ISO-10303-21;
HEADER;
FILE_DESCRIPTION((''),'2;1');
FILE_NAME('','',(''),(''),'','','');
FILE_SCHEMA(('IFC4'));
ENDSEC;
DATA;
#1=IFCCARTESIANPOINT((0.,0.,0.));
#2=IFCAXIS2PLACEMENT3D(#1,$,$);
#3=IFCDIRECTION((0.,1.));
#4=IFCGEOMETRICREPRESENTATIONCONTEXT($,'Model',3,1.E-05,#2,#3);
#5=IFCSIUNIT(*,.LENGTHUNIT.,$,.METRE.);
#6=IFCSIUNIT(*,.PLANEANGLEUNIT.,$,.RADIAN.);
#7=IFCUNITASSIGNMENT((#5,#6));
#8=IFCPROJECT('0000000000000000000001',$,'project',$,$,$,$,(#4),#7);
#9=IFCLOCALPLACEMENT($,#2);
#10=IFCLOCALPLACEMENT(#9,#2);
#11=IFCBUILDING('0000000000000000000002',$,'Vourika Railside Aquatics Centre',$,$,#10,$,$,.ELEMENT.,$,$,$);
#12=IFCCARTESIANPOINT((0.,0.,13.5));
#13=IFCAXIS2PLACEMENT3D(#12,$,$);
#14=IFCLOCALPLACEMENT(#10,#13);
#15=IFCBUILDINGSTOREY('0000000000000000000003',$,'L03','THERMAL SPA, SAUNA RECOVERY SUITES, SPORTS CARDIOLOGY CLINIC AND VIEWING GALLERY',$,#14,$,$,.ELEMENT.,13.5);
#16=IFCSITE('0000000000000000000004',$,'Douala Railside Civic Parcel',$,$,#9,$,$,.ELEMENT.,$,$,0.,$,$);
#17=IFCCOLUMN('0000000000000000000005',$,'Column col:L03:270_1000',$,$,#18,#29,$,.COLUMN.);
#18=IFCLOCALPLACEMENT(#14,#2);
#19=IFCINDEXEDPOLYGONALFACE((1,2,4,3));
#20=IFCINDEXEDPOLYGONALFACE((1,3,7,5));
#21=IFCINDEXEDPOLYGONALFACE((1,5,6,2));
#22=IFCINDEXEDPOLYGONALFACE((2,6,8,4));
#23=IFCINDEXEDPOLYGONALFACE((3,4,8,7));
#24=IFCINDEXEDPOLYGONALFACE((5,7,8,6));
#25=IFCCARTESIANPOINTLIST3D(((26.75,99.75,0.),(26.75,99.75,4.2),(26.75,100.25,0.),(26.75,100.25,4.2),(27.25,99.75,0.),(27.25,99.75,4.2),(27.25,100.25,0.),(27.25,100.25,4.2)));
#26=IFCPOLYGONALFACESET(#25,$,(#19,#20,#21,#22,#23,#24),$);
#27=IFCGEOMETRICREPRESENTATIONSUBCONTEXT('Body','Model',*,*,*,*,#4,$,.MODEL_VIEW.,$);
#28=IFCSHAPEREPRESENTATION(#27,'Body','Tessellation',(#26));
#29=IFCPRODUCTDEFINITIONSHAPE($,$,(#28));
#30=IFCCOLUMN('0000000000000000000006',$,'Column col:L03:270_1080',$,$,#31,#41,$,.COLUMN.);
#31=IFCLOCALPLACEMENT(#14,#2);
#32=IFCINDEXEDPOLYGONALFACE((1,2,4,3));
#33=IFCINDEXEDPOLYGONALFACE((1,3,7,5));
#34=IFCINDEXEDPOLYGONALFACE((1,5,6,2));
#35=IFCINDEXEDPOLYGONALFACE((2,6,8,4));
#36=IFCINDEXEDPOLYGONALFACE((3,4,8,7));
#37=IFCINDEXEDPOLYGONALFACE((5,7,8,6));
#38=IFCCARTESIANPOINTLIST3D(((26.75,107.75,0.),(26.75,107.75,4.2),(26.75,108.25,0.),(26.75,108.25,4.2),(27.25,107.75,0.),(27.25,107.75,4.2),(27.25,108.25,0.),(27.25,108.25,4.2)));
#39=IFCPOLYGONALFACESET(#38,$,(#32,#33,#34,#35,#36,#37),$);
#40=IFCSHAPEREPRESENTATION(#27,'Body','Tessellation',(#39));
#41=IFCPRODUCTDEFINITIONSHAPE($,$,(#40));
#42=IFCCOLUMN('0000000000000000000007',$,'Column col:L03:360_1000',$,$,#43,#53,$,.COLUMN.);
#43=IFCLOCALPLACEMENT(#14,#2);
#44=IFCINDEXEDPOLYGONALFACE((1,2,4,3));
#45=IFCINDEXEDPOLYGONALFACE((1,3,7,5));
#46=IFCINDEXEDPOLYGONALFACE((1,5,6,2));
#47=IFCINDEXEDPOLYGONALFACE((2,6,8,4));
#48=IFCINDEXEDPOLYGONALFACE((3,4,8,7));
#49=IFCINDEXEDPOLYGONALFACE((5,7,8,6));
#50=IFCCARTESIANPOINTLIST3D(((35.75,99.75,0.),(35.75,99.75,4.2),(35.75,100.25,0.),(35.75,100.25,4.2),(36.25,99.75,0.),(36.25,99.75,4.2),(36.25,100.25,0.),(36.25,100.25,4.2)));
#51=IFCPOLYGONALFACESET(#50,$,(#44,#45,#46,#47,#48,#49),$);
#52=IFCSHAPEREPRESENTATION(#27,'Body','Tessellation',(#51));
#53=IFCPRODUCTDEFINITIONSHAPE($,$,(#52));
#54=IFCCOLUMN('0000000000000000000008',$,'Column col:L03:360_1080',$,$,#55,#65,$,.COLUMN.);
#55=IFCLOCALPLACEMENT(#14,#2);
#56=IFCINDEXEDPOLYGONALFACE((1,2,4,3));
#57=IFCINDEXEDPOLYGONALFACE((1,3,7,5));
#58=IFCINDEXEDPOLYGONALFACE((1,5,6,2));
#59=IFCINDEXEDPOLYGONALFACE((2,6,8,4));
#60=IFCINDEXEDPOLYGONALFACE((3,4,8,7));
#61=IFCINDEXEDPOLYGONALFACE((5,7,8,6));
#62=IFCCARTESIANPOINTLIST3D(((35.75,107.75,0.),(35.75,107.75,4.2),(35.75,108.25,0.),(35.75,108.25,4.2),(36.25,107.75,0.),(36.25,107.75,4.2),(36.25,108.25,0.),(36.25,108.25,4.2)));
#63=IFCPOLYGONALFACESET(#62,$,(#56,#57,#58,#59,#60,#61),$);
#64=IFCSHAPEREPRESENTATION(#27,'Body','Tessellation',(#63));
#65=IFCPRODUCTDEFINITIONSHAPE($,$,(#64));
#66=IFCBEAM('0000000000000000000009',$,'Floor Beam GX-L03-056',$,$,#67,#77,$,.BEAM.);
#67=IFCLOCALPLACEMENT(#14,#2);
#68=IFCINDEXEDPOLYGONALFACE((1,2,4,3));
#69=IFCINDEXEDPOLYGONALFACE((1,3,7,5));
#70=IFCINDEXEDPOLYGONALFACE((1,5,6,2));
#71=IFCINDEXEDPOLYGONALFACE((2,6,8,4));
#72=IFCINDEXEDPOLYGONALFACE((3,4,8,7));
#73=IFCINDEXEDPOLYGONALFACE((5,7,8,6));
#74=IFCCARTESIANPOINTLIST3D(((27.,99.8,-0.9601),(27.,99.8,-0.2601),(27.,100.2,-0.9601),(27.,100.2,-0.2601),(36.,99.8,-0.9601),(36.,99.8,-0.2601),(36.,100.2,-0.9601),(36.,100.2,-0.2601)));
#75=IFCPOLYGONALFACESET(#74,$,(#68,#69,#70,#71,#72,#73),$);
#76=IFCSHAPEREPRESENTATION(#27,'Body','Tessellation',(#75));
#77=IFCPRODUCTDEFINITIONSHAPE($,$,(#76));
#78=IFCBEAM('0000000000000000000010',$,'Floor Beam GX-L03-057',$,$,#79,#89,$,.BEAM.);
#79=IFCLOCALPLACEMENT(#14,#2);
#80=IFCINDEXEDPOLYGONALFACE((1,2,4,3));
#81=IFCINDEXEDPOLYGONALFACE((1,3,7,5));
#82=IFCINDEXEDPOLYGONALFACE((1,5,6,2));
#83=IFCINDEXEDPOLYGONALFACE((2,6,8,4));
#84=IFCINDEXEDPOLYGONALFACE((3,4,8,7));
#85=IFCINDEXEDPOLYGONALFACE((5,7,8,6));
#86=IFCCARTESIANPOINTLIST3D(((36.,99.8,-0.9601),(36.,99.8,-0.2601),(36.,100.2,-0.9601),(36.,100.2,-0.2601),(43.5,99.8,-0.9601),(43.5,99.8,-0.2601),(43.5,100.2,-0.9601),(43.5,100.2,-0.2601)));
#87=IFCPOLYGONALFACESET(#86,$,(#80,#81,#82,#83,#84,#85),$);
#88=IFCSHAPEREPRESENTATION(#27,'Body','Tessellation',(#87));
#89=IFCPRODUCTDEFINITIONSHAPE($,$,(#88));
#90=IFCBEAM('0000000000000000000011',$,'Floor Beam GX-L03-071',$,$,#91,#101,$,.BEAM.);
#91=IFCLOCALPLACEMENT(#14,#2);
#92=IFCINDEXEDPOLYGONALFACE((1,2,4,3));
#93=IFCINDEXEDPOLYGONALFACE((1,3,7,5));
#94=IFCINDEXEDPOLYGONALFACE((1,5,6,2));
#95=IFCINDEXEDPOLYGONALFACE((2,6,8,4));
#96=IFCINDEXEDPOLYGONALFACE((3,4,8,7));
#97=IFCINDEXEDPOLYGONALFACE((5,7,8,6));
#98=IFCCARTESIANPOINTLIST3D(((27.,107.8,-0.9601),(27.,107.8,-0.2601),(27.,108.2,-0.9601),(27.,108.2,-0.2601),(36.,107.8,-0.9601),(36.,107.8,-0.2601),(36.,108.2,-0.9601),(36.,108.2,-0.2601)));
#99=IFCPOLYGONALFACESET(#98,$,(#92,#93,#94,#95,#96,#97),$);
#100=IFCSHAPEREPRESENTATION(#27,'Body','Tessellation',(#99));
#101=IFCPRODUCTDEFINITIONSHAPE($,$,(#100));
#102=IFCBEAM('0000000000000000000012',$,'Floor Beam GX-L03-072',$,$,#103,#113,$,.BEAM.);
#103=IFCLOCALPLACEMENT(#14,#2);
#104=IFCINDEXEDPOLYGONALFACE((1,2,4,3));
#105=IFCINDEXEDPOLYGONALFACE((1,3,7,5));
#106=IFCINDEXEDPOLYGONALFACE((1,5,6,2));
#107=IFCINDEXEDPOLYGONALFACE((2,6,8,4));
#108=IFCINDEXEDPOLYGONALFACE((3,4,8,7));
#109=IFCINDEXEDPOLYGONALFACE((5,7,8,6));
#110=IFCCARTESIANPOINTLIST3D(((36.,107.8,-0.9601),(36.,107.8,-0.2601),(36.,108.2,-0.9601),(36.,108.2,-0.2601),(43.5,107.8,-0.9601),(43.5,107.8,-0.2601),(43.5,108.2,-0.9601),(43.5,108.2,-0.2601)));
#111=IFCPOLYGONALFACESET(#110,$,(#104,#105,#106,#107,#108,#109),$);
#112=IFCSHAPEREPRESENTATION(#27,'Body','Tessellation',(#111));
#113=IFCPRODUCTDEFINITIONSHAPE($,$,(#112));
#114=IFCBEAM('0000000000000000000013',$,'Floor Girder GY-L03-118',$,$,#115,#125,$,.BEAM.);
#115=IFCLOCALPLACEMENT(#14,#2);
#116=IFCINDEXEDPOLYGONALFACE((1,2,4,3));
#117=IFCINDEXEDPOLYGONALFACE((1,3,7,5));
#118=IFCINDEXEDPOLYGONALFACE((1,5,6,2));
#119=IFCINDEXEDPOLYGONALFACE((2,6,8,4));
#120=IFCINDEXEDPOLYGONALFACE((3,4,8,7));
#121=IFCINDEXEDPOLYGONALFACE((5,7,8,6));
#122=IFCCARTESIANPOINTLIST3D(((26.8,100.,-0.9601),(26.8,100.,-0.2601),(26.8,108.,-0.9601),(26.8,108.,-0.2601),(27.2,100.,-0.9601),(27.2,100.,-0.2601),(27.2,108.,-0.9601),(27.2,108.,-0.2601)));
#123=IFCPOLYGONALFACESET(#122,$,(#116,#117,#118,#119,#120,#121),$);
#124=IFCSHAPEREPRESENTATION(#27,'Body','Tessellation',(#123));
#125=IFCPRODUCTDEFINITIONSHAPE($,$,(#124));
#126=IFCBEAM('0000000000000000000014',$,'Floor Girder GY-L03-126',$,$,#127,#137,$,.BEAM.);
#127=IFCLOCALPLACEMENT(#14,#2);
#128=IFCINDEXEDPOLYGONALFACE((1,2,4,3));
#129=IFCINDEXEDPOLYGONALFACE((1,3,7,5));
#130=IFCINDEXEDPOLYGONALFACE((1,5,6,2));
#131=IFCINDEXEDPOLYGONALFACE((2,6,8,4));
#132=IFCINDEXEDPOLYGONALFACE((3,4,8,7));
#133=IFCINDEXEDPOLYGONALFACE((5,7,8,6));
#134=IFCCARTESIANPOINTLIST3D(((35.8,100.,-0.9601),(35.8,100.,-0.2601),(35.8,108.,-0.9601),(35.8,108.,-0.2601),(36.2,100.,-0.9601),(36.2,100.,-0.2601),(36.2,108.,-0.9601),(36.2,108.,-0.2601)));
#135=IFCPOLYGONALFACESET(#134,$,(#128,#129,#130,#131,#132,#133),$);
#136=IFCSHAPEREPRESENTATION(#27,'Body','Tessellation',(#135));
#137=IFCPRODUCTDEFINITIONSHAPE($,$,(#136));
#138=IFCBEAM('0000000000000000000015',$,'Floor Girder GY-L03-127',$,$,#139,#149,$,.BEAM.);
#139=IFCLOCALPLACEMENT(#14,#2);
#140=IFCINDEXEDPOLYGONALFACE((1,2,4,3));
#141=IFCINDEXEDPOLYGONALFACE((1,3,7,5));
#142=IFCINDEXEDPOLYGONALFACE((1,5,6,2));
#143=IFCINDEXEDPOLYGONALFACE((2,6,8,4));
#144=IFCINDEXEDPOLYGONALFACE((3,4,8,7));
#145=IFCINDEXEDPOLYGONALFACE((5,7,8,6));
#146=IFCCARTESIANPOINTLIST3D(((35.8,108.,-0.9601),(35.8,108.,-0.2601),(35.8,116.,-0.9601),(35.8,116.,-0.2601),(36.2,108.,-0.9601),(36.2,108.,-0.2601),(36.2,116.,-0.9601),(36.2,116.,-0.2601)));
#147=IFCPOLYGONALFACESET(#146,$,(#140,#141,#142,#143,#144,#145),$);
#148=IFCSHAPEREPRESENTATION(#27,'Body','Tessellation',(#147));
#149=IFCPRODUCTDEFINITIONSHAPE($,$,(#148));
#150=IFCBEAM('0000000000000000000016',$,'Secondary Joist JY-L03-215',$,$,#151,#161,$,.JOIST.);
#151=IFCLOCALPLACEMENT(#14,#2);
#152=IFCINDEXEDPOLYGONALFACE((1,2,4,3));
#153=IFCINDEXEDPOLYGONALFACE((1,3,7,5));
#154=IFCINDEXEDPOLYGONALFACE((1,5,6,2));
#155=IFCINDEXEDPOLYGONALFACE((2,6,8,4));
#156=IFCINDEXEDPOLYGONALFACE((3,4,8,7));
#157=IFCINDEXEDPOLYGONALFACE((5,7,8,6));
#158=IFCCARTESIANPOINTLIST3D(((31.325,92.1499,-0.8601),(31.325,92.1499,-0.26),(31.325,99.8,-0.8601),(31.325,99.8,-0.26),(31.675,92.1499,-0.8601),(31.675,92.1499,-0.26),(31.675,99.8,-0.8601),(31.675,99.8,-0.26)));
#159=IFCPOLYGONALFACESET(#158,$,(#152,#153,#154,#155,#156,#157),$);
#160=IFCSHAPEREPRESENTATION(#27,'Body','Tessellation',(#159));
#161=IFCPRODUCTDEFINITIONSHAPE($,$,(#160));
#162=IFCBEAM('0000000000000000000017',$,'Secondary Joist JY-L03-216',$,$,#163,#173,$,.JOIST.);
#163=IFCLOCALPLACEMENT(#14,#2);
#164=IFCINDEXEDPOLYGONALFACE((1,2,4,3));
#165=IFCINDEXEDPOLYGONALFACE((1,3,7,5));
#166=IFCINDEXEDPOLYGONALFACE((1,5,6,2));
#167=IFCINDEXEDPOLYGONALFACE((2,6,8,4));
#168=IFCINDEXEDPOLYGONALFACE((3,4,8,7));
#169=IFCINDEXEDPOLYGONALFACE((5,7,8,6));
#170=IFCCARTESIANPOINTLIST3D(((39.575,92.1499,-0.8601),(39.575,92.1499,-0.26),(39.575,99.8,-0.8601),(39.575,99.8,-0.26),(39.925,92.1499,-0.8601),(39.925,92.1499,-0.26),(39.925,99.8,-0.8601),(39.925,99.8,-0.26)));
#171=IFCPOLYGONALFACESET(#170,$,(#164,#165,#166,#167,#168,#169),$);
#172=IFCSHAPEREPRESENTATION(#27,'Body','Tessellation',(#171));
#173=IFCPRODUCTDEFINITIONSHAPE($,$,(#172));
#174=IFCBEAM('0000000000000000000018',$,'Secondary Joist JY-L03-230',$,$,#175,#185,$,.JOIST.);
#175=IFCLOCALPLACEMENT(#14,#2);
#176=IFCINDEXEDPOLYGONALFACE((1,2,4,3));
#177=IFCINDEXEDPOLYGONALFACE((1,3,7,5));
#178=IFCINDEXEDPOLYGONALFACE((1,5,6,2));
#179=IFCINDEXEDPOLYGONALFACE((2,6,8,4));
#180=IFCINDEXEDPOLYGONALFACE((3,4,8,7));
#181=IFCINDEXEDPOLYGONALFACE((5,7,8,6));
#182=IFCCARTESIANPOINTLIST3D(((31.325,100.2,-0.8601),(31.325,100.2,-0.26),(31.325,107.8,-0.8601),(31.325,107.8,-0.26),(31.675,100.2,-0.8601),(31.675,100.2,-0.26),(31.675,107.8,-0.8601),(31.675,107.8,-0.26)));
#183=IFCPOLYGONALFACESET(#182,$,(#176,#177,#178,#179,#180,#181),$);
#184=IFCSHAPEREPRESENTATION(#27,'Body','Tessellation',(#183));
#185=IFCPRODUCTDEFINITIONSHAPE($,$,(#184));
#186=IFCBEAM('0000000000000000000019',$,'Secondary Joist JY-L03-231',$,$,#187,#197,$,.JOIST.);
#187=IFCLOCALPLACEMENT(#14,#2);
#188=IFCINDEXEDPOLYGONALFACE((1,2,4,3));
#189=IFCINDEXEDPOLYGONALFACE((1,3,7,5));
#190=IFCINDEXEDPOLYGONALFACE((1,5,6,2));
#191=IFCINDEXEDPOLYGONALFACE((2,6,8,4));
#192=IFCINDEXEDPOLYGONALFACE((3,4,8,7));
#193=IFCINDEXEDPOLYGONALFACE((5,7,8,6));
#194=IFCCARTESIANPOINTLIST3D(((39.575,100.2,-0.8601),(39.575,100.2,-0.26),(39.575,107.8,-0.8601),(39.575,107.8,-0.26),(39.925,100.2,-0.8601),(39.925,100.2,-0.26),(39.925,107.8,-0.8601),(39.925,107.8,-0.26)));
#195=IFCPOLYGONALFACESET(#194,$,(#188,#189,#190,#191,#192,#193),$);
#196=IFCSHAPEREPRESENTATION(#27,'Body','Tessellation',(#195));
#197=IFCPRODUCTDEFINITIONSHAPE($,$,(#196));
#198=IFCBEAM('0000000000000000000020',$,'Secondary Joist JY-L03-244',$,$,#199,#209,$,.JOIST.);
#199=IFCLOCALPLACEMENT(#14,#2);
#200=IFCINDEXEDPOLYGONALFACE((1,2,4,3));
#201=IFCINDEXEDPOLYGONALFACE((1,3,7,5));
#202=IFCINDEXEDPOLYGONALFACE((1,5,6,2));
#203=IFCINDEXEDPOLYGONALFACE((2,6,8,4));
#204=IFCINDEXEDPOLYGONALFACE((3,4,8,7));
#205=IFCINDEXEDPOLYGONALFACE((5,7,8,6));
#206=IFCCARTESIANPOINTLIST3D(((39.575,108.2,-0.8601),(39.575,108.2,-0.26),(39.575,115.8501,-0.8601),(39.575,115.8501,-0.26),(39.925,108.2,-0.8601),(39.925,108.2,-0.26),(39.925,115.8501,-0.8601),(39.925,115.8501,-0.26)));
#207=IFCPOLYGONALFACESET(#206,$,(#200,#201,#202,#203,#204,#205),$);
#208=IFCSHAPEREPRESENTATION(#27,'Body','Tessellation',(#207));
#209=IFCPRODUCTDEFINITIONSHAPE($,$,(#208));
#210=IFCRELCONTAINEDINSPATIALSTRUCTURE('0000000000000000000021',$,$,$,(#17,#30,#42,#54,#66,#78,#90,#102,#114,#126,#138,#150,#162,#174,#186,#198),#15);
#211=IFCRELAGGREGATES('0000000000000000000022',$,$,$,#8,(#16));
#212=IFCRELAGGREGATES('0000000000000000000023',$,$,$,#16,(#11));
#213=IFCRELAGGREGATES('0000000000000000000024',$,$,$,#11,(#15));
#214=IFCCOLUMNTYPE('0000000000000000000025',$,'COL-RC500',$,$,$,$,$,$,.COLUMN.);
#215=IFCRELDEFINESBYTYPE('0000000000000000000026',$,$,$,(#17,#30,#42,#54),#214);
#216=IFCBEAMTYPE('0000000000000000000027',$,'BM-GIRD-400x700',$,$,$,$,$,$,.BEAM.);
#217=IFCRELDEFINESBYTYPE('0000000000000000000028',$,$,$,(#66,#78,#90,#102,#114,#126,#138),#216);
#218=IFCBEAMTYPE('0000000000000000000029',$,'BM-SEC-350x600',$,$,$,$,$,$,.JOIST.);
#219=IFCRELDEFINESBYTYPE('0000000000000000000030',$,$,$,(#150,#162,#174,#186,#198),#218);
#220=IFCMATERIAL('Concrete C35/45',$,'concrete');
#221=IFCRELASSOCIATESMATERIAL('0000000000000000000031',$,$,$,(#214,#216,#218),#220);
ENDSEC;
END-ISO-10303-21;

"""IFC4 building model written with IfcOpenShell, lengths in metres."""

from ifc_helpers import new_model, si_unit, direction, frame, origin, origin_2d, place, context, subcontext, project, spatial, rectangle, extrude, material, material_profile, profile_set, type_object, element, save


model = new_model("IFC4")

# Units and contexts
model_context = context("Model", 3, precision=1e-05, world=origin(), true_north=direction((0.0, 1.0)))
body_context = subcontext(model_context, "Body", "Model", "MODEL_VIEW")
ifc_project = project(units=[si_unit("LENGTHUNIT", "METRE"), si_unit("PLANEANGLEUNIT", "RADIAN")], contexts=[model_context])

# Site, building, storey
site_placement = place(None, origin())
site = spatial("IfcSite", under=ifc_project, at=site_placement, Name="Douala Railside Civic Parcel", CompositionType="ELEMENT", RefElevation=0.0)
building_placement = place(site_placement, origin())
building = spatial("IfcBuilding", under=site, at=building_placement, Name="Vourika Railside Aquatics Centre", CompositionType="ELEMENT")
storey_placement = place(building_placement, frame((0.0, 0.0, 13.5)))
storey = spatial("IfcBuildingStorey", under=building, at=storey_placement, Name="L03", Description="THERMAL SPA, SAUNA RECOVERY SUITES, SPORTS CARDIOLOGY CLINIC AND VIEWING GALLERY", CompositionType="ELEMENT", Elevation=13.5)

# Columns
ifc_material_1 = material(Name="Concrete C35/45", Category="concrete")
ifc_material_profile_1 = material_profile(ifc_material_1, rectangle(XDim=0.5, YDim=0.5, at=origin_2d()), Name="RC 500x500")
ifc_profile_set_1 = profile_set([ifc_material_profile_1], Name="Concrete C35/45")
column_type = type_object("IfcColumnType", Name="COL-RC500", PredefinedType="COLUMN", material=ifc_profile_set_1)
for number, where, z_axis, x_axis, name in (
    (1, (27.0, 100.0, 0.0), (0.0, 0.0, 1.0), (1.0, 0.0, 0.0), "Column col:L03:270_1000"),
    (2, (27.0, 108.0, 0.0), (0.0, 0.0, 1.0), (1.0, 0.0, 0.0), "Column col:L03:270_1080"),
    (3, (36.0, 100.0, 0.0), (0.0, 0.0, 1.0), (1.0, 0.0, 0.0), "Column col:L03:360_1000"),
    (4, (36.0, 108.0, 0.0), (0.0, 0.0, 1.0), (1.0, 0.0, 0.0), "Column col:L03:360_1080"),
):
    element("IfcColumn", number, at=place(storey_placement, frame(where, z_axis=z_axis, x_axis=x_axis)), inside=storey, type_object=column_type, Name=name, PredefinedType="COLUMN", context=body_context, shape_type="SweptSolid", body=[
        extrude(rectangle(XDim=0.5, YDim=0.5, at=origin_2d()), origin(), (0.0, 0.0, 1.0), 4.2),
    ])

# Beams
ifc_material_profile_2 = material_profile(ifc_material_1, rectangle(XDim=0.3999, YDim=0.7, at=origin_2d()), Name="RC 400x700")
ifc_profile_set_2 = profile_set([ifc_material_profile_2], Name="Concrete C35/45")
beam_type_1 = type_object("IfcBeamType", Name="BM-GIRD-400x700", PredefinedType="BEAM", material=ifc_profile_set_2)
beam_1_placement = place(storey_placement, frame((27.0, 100.0, -0.6101), z_axis=(1.0, 0.0, 0.0), x_axis=(0.0, 1.0, 0.0)))
element("IfcBeam", 5, at=beam_1_placement, inside=storey, type_object=beam_type_1, Name="Floor Beam GX-L03-056", PredefinedType="BEAM", context=body_context, shape_type="SweptSolid", body=[
    extrude(rectangle(XDim=0.3999, YDim=0.7, at=origin_2d()), origin(), (0.0, 0.0, 1.0), 9.0),
])
beam_2_placement = place(storey_placement, frame((36.0, 100.0, -0.6101), z_axis=(1.0, 0.0, 0.0), x_axis=(0.0, 1.0, 0.0)))
element("IfcBeam", 6, at=beam_2_placement, inside=storey, type_object=beam_type_1, Name="Floor Beam GX-L03-057", PredefinedType="BEAM", context=body_context, shape_type="SweptSolid", body=[
    extrude(rectangle(XDim=0.3999, YDim=0.7, at=origin_2d()), origin(), (0.0, 0.0, 1.0), 7.5),
])
beam_3_placement = place(storey_placement, frame((27.0, 108.0, -0.6101), z_axis=(1.0, 0.0, 0.0), x_axis=(0.0, 1.0, 0.0)))
element("IfcBeam", 7, at=beam_3_placement, inside=storey, type_object=beam_type_1, Name="Floor Beam GX-L03-071", PredefinedType="BEAM", context=body_context, shape_type="SweptSolid", body=[
    extrude(rectangle(XDim=0.3999, YDim=0.7, at=origin_2d()), origin(), (0.0, 0.0, 1.0), 9.0),
])
beam_4_placement = place(storey_placement, frame((36.0, 108.0, -0.6101), z_axis=(1.0, 0.0, 0.0), x_axis=(0.0, 1.0, 0.0)))
element("IfcBeam", 8, at=beam_4_placement, inside=storey, type_object=beam_type_1, Name="Floor Beam GX-L03-072", PredefinedType="BEAM", context=body_context, shape_type="SweptSolid", body=[
    extrude(rectangle(XDim=0.3999, YDim=0.7, at=origin_2d()), origin(), (0.0, 0.0, 1.0), 7.5),
])
for number, where, z_axis, x_axis, name in (
    (9, (27.0, 100.0, -0.6101), (0.0, 1.0, 0.0), (-1.0, 0.0, 0.0), "Floor Girder GY-L03-118"),
    (10, (36.0, 100.0, -0.6101), (0.0, 1.0, 0.0), (-1.0, 0.0, 0.0), "Floor Girder GY-L03-126"),
    (11, (36.0, 108.0, -0.6101), (0.0, 1.0, 0.0), (-1.0, 0.0, 0.0), "Floor Girder GY-L03-127"),
):
    element("IfcBeam", number, at=place(storey_placement, frame(where, z_axis=z_axis, x_axis=x_axis)), inside=storey, type_object=beam_type_1, Name=name, PredefinedType="BEAM", context=body_context, shape_type="SweptSolid", body=[
        extrude(rectangle(XDim=0.3999, YDim=0.7, at=origin_2d()), origin(), (0.0, 0.0, 1.0), 8.0),
    ])
ifc_material_profile_3 = material_profile(ifc_material_1, rectangle(XDim=0.3501, YDim=0.6001, at=origin_2d()), Name="RC 350x600")
ifc_profile_set_3 = profile_set([ifc_material_profile_3], Name="Concrete C35/45")
beam_type_2 = type_object("IfcBeamType", Name="BM-SEC-350x600", PredefinedType="JOIST", material=ifc_profile_set_3)
for number, where, z_axis, x_axis, name in (
    (12, (31.5, 92.1499, -0.5601), (0.0, 1.0, 0.0), (-1.0, 0.0, 0.0), "Secondary Joist JY-L03-215"),
    (13, (39.75, 92.1499, -0.5601), (0.0, 1.0, 0.0), (-1.0, 0.0, 0.0), "Secondary Joist JY-L03-216"),
):
    element("IfcBeam", number, at=place(storey_placement, frame(where, z_axis=z_axis, x_axis=x_axis)), inside=storey, type_object=beam_type_2, Name=name, PredefinedType="JOIST", context=body_context, shape_type="SweptSolid", body=[
        extrude(rectangle(XDim=0.3501, YDim=0.6001, at=origin_2d()), origin(), (0.0, 0.0, 1.0), 7.6501),
    ])
for number, where, z_axis, x_axis, name in (
    (14, (31.5, 100.2, -0.5601), (0.0, 1.0, 0.0), (-1.0, 0.0, 0.0), "Secondary Joist JY-L03-230"),
    (15, (39.75, 100.2, -0.5601), (0.0, 1.0, 0.0), (-1.0, 0.0, 0.0), "Secondary Joist JY-L03-231"),
):
    element("IfcBeam", number, at=place(storey_placement, frame(where, z_axis=z_axis, x_axis=x_axis)), inside=storey, type_object=beam_type_2, Name=name, PredefinedType="JOIST", context=body_context, shape_type="SweptSolid", body=[
        extrude(rectangle(XDim=0.3501, YDim=0.6001, at=origin_2d()), origin(), (0.0, 0.0, 1.0), 7.6001),
    ])
beam_5_placement = place(storey_placement, frame((39.75, 108.2, -0.5601), z_axis=(0.0, 1.0, 0.0), x_axis=(-1.0, 0.0, 0.0)))
element("IfcBeam", 16, at=beam_5_placement, inside=storey, type_object=beam_type_2, Name="Secondary Joist JY-L03-244", PredefinedType="JOIST", context=body_context, shape_type="SweptSolid", body=[
    extrude(rectangle(XDim=0.3501, YDim=0.6001, at=origin_2d()), origin(), (0.0, 0.0, 1.0), 7.6501),
])

save(model, "model.ifc")
